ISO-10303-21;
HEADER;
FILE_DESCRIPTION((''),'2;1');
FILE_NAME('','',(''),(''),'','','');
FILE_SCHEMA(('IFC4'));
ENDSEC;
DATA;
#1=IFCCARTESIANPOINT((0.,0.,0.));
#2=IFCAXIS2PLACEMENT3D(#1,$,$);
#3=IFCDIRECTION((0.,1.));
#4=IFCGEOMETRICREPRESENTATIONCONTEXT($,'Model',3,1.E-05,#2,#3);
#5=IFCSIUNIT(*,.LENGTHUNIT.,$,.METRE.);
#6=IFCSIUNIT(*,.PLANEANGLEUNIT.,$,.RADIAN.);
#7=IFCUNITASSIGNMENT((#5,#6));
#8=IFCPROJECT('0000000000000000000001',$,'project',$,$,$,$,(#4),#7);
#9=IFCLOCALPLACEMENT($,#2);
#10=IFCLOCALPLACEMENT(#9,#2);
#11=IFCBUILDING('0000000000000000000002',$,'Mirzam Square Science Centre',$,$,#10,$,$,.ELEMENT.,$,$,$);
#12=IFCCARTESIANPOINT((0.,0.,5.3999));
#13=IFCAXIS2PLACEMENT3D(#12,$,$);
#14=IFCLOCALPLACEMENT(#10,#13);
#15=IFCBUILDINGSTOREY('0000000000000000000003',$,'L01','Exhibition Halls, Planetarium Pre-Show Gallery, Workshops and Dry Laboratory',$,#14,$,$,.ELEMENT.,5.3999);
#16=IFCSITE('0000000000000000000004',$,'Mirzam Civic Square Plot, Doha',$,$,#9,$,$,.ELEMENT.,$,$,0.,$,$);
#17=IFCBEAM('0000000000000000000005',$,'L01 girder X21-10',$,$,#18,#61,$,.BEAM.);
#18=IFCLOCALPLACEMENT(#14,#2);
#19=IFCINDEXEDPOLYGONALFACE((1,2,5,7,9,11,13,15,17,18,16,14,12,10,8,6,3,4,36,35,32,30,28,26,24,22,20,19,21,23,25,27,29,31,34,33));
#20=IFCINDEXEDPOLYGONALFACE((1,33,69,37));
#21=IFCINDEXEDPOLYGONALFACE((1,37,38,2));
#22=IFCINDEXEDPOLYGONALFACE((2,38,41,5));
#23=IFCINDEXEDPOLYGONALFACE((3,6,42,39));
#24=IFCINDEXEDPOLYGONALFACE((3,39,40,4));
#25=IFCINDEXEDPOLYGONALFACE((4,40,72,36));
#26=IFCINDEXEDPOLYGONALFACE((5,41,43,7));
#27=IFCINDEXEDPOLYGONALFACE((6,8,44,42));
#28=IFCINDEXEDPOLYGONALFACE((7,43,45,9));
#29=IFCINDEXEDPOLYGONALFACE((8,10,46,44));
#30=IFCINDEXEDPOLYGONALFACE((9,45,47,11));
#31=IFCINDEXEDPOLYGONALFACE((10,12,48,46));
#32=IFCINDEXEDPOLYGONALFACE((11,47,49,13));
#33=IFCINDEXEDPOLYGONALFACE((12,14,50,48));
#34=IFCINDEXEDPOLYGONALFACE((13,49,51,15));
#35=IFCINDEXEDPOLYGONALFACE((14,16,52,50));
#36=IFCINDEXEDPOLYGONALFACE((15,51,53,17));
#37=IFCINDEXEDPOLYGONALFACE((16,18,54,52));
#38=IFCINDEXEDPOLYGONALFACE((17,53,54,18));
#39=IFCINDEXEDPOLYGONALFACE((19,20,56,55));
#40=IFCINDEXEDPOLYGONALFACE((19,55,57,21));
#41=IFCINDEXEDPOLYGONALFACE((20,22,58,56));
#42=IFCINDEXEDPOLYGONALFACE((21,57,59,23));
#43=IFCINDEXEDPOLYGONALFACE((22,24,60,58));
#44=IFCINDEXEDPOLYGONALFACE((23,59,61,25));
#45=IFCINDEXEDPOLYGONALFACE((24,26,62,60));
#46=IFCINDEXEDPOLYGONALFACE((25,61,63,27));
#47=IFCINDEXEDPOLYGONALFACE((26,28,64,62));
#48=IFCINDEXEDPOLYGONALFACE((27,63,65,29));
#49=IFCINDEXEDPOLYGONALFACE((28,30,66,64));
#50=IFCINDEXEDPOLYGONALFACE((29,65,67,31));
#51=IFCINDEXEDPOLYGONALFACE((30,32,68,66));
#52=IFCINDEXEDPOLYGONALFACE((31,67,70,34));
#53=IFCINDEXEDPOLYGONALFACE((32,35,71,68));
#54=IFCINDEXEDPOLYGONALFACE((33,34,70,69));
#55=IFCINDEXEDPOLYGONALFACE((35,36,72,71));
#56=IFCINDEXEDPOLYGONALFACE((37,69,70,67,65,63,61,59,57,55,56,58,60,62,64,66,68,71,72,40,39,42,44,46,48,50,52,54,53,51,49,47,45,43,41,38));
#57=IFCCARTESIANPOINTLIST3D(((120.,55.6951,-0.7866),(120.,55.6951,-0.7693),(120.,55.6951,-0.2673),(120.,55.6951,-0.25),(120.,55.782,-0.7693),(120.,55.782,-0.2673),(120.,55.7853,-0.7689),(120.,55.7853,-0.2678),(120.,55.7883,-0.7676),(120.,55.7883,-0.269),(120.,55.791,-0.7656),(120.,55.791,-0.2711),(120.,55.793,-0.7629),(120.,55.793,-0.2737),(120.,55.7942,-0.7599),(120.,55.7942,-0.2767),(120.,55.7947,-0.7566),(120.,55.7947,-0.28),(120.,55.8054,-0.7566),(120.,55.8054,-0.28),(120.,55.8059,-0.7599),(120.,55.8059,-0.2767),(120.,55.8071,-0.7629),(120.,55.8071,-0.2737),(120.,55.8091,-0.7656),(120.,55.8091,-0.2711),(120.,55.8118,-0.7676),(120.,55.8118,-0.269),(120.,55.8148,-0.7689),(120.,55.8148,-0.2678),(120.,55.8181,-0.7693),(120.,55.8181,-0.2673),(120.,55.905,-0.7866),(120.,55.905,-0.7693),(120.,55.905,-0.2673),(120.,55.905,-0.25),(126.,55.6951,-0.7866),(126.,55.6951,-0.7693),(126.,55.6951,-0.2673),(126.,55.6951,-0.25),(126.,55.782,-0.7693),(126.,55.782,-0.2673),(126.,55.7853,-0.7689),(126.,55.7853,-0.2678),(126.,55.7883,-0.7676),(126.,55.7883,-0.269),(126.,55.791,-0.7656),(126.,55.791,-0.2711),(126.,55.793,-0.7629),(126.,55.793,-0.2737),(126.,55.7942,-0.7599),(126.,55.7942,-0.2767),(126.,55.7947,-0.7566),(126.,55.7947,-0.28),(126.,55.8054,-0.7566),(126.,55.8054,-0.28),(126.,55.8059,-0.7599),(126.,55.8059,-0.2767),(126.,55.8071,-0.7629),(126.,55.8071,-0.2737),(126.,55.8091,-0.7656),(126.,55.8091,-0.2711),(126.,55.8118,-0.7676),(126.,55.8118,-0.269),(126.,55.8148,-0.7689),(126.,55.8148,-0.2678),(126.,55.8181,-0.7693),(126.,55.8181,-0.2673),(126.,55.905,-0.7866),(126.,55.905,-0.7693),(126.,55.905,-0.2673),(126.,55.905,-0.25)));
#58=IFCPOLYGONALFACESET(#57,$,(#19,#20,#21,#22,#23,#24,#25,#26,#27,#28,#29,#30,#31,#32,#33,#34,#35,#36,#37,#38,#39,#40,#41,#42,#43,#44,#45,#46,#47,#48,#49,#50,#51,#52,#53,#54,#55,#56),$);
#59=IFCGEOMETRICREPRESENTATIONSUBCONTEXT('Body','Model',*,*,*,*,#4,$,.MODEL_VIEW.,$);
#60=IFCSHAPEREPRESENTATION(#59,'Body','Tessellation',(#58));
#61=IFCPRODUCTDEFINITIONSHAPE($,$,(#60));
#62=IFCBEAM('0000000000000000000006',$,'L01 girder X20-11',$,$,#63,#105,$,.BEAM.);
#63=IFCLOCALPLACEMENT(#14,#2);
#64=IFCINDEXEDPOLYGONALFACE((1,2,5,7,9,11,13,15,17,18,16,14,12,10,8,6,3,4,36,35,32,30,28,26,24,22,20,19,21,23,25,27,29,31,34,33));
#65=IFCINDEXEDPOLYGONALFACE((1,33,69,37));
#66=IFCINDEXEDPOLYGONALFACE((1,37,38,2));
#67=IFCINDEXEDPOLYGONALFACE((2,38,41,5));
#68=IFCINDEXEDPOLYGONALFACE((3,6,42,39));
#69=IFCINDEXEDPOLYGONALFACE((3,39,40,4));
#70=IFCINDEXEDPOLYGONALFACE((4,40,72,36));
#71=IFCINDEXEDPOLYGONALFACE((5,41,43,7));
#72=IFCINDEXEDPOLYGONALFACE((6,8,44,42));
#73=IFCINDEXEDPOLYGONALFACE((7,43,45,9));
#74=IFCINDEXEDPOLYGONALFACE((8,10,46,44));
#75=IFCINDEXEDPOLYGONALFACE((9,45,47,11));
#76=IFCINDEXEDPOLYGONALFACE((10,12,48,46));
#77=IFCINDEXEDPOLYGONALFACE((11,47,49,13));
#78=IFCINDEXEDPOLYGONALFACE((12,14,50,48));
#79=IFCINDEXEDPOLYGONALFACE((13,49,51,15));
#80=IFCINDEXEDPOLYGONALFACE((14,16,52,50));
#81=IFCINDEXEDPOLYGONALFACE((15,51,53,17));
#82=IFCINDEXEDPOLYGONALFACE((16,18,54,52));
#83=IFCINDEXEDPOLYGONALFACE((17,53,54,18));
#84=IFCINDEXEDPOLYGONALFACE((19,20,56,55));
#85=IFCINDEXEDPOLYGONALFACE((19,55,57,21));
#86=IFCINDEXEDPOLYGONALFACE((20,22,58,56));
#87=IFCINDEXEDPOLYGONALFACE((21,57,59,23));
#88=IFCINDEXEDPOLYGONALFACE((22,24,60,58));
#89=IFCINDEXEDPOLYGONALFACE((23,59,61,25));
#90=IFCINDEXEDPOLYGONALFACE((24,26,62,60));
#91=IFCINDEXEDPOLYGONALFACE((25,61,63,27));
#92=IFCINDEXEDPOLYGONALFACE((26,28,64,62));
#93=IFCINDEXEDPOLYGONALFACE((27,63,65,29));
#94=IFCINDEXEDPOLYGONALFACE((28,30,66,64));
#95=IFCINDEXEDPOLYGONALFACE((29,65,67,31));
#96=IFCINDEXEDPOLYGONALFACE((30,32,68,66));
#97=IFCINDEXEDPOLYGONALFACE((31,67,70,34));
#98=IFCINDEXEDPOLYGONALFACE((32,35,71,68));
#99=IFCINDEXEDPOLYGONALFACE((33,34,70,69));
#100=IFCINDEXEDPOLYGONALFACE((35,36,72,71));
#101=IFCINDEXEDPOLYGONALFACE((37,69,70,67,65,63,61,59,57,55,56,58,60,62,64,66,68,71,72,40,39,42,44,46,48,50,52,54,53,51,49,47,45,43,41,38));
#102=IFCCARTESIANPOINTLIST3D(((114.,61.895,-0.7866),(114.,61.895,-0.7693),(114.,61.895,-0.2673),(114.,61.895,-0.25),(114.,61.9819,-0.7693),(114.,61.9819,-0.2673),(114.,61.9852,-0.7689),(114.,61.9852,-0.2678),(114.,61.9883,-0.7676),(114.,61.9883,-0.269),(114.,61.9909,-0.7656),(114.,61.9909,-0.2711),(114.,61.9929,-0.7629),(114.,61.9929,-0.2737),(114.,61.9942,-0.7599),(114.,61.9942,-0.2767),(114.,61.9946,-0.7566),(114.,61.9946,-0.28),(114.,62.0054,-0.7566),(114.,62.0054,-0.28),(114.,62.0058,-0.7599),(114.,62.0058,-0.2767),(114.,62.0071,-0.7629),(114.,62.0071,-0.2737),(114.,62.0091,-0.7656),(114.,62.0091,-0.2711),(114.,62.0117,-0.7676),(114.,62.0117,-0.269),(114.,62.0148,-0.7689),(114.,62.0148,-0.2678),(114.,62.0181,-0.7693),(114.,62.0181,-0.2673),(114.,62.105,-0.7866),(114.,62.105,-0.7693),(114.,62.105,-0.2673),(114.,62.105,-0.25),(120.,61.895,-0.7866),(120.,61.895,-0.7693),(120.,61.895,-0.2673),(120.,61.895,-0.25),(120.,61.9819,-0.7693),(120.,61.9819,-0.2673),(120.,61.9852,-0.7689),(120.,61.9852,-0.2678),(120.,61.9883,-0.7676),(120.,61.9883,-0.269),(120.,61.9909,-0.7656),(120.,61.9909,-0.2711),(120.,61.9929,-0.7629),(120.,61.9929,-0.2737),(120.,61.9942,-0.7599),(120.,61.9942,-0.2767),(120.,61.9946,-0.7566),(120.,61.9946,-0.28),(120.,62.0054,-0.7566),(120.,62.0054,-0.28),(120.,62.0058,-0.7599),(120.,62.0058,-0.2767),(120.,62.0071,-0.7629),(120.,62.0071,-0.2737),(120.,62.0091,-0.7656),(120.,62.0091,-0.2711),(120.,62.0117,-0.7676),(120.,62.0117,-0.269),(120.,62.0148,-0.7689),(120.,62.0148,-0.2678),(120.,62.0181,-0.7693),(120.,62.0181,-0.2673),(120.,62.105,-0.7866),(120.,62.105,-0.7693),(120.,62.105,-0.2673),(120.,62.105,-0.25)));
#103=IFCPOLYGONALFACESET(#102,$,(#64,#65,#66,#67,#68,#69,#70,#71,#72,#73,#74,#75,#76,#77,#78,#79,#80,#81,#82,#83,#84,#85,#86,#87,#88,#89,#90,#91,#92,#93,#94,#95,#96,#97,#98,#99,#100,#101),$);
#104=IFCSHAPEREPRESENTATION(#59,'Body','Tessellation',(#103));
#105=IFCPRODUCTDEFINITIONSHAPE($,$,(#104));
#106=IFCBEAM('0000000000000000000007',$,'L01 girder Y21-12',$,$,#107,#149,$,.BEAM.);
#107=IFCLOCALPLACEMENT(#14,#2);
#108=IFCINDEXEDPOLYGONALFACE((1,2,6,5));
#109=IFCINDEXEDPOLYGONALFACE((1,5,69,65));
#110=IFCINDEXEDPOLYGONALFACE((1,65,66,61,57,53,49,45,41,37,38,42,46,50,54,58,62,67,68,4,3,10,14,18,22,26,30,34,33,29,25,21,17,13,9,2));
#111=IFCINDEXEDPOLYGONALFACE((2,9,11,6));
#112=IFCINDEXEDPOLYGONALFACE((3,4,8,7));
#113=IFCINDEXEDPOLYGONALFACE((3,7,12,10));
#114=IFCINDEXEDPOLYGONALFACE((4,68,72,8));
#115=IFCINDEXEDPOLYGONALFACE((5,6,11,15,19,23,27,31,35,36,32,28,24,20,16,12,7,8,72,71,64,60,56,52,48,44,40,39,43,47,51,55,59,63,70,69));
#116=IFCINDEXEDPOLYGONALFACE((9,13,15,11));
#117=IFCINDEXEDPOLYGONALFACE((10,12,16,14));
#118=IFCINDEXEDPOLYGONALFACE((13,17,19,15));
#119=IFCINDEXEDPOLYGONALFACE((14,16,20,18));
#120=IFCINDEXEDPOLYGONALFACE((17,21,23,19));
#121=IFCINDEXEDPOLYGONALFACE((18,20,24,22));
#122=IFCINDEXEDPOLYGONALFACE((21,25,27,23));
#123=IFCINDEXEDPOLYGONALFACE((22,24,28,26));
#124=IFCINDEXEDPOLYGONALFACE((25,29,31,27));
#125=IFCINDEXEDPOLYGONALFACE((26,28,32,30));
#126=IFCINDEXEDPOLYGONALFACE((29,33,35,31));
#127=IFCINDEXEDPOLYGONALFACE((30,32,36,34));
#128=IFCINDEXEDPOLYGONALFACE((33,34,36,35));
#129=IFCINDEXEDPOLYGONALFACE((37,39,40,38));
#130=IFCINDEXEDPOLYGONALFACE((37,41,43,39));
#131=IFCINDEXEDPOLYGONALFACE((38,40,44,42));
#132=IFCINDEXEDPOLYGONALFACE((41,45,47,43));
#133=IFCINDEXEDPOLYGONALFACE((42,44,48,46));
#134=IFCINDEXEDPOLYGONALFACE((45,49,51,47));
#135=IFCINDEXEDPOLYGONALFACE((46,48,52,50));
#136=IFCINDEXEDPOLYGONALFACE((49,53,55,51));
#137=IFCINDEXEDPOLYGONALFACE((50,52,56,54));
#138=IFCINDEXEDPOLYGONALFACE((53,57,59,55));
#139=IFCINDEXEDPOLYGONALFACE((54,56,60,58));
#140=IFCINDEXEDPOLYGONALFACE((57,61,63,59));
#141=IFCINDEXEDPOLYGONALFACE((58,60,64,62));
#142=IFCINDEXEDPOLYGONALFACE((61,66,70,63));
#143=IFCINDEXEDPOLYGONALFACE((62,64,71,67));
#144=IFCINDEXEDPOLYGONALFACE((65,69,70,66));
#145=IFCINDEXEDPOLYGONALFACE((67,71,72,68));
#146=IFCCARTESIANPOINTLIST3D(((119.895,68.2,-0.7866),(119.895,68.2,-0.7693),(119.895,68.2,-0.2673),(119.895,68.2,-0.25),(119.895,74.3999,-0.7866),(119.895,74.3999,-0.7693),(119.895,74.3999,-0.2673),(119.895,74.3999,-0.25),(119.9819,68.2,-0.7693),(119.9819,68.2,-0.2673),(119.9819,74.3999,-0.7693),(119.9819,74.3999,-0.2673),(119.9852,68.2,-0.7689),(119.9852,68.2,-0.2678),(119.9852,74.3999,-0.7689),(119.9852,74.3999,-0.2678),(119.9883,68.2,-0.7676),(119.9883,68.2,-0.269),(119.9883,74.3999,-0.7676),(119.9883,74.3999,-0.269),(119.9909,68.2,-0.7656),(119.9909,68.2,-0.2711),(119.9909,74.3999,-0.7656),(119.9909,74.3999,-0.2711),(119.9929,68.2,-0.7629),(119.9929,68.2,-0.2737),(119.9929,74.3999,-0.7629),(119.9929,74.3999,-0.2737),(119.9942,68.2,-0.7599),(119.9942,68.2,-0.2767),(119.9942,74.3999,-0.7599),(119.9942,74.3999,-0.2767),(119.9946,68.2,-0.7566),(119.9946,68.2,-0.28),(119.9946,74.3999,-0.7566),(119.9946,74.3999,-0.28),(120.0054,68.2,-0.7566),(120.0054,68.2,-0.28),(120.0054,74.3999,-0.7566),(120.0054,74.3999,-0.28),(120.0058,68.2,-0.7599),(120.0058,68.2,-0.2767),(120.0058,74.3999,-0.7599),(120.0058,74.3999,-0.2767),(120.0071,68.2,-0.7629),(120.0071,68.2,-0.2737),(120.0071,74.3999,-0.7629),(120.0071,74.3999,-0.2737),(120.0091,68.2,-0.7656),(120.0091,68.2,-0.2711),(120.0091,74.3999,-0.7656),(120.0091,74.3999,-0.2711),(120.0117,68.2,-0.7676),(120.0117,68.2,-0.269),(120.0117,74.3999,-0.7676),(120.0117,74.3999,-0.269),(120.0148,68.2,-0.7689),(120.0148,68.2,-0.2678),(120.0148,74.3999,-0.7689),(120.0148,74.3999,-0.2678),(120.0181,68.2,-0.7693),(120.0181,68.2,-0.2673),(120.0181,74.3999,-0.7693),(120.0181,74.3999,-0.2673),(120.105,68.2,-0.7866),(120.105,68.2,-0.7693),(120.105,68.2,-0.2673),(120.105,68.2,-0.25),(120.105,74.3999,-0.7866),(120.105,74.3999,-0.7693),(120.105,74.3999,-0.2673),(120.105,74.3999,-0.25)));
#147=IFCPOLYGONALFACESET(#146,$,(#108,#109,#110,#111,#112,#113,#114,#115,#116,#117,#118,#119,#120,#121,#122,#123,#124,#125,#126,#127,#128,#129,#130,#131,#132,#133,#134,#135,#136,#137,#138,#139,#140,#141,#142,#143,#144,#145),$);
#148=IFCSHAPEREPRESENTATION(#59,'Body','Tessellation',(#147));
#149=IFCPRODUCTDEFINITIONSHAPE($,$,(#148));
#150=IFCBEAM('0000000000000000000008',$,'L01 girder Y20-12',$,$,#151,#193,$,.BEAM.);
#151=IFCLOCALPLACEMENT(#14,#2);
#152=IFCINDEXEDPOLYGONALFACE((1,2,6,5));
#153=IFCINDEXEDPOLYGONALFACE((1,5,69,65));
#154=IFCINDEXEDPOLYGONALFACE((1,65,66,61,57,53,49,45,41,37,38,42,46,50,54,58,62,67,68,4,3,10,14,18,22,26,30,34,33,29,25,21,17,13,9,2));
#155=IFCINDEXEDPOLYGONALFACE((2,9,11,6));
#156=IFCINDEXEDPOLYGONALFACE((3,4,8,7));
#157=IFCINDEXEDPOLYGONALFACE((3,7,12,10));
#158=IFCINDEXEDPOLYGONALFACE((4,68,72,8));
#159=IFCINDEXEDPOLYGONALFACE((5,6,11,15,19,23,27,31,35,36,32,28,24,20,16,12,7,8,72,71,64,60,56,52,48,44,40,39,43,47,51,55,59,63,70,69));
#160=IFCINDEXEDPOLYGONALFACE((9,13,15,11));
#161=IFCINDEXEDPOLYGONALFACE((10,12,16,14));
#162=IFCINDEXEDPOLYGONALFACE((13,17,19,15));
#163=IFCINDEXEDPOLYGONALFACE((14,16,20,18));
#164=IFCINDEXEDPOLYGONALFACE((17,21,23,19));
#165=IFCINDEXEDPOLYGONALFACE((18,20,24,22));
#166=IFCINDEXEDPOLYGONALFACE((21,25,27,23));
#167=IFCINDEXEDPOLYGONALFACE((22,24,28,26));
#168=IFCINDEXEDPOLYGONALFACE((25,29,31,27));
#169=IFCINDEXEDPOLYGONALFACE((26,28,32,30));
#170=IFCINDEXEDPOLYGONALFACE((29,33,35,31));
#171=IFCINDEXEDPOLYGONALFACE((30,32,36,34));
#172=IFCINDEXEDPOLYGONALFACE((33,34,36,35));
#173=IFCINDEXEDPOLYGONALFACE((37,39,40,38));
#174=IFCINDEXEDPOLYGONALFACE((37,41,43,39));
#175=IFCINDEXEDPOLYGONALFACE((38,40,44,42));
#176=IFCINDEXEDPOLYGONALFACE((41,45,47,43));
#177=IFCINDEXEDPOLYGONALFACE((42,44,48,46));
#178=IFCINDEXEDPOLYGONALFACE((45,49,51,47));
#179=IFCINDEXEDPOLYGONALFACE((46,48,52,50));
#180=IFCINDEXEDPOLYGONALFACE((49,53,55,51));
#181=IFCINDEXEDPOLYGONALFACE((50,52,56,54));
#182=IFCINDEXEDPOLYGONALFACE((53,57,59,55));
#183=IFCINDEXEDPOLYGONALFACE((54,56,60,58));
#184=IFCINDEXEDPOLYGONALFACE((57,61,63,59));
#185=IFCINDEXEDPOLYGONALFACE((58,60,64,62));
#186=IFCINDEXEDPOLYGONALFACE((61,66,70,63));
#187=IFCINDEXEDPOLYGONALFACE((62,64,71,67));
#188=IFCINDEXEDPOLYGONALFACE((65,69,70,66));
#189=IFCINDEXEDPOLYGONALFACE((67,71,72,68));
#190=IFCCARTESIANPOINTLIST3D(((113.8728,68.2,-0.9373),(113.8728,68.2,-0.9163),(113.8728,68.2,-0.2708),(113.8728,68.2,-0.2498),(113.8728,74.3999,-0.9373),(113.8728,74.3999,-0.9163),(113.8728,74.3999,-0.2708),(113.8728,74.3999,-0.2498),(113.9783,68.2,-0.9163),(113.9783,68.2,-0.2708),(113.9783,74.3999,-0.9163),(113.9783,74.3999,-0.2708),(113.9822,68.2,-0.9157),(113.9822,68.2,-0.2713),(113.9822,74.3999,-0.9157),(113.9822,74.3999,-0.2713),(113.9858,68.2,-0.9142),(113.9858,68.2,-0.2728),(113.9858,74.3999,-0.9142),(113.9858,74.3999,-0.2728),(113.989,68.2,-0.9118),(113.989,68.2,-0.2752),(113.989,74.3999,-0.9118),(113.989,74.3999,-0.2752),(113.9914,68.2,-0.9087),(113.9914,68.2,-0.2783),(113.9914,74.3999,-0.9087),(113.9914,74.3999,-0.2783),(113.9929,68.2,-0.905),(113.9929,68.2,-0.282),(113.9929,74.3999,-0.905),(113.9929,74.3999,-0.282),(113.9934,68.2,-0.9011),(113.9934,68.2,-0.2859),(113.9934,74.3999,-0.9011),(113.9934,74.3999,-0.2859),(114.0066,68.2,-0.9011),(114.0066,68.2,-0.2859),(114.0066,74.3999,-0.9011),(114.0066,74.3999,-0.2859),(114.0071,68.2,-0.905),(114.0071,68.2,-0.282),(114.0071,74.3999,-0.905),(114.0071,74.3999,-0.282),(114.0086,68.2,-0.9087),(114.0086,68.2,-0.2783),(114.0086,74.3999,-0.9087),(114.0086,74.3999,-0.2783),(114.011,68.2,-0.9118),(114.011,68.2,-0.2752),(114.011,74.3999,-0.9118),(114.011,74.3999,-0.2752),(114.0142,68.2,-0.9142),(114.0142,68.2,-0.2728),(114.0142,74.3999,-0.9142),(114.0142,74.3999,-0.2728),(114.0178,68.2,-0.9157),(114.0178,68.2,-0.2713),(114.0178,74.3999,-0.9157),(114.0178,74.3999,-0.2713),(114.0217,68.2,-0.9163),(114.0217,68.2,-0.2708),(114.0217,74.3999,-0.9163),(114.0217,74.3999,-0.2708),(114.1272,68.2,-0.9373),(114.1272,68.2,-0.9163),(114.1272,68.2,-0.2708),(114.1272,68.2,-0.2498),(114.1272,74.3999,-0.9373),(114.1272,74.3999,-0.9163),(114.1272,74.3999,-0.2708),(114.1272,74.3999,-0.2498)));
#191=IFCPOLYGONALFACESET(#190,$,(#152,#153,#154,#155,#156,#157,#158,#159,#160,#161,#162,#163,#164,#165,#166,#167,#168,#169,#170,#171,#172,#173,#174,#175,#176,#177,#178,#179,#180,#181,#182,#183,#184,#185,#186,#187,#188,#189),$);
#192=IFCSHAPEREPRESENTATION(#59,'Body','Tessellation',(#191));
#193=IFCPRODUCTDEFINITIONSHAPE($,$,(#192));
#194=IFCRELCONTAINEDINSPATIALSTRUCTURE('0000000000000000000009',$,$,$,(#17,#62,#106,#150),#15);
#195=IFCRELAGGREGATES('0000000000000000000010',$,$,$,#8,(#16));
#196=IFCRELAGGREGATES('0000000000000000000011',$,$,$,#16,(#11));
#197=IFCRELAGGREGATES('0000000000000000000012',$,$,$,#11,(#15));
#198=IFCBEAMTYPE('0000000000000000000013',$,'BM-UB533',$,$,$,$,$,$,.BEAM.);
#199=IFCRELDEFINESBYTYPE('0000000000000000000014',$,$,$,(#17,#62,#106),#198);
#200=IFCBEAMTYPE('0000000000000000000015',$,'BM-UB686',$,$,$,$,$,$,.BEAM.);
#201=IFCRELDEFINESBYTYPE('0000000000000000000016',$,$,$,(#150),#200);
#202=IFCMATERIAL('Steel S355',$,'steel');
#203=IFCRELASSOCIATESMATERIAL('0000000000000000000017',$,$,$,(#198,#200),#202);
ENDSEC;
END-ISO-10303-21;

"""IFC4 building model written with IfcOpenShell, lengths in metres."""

from ifc_helpers import new_model, si_unit, direction, frame, origin, origin_2d, place, context, subcontext, project, spatial, i_section, extrude, material, material_profile, profile_set, type_object, element, save


model = new_model("IFC4")

# Units and contexts
model_context = context("Model", 3, precision=1e-05, world=origin(), true_north=direction((0.0, 1.0)))
body_context = subcontext(model_context, "Body", "Model", "MODEL_VIEW")
ifc_project = project(units=[si_unit("LENGTHUNIT", "METRE"), si_unit("PLANEANGLEUNIT", "RADIAN")], contexts=[model_context])

# Site, building, storey
site_placement = place(None, origin())
site = spatial("IfcSite", under=ifc_project, at=site_placement, Name="Mirzam Civic Square Plot, Doha", CompositionType="ELEMENT", RefElevation=0.0)
building_placement = place(site_placement, origin())
building = spatial("IfcBuilding", under=site, at=building_placement, Name="Mirzam Square Science Centre", CompositionType="ELEMENT")
storey_placement = place(building_placement, frame((0.0, 0.0, 5.3999)))
storey = spatial("IfcBuildingStorey", under=building, at=storey_placement, Name="L01", Description="Exhibition Halls, Planetarium Pre-Show Gallery, Workshops and Dry Laboratory", CompositionType="ELEMENT", Elevation=5.3999)

# Shared definitions
ifc_material_1 = material(Name="Steel S355", Category="steel")

# Beams
ifc_material_profile_1 = material_profile(ifc_material_1, i_section(OverallWidth=0.21, OverallDepth=0.5366, WebThickness=0.0107, FlangeThickness=0.0173, FilletRadius=0.0127, at=origin_2d()), Name="533x210x101UB")
ifc_profile_set_1 = profile_set([ifc_material_profile_1], Name="Steel S355")
beam_type_1 = type_object("IfcBeamType", Name="BM-UB533", PredefinedType="BEAM", material=ifc_profile_set_1)
for number, where, z_axis, x_axis, name in (
    (1, (120.0, 55.8, -0.5183), (1.0, 0.0, 0.0), (0.0, 1.0, 0.0), "L01 girder X21-10"),
    (2, (114.0, 62.0, -0.5183), (1.0, 0.0, 0.0), (0.0, 1.0, 0.0), "L01 girder X20-11"),
):
    element("IfcBeam", number, at=place(storey_placement, frame(where, z_axis=z_axis, x_axis=x_axis)), inside=storey, type_object=beam_type_1, Name=name, PredefinedType="BEAM", context=body_context, shape_type="SweptSolid", body=[
        extrude(i_section(OverallWidth=0.21, OverallDepth=0.5366, WebThickness=0.0107, FlangeThickness=0.0173, FilletRadius=0.0127, at=origin_2d()), origin(), (0.0, 0.0, 1.0), 6.0),
    ])
beam_1_placement = place(storey_placement, frame((120.0, 68.2, -0.5183), z_axis=(0.0, 1.0, 0.0), x_axis=(-1.0, 0.0, 0.0)))
element("IfcBeam", 3, at=beam_1_placement, inside=storey, type_object=beam_type_1, Name="L01 girder Y21-12", PredefinedType="BEAM", context=body_context, shape_type="SweptSolid", body=[
    extrude(i_section(OverallWidth=0.21, OverallDepth=0.5366, WebThickness=0.0107, FlangeThickness=0.0173, FilletRadius=0.0127, at=origin_2d()), origin(), (0.0, 0.0, 1.0), 6.2),
])
ifc_material_profile_2 = material_profile(ifc_material_1, i_section(OverallWidth=0.2544, OverallDepth=0.6875, WebThickness=0.0132, FlangeThickness=0.021, FilletRadius=0.0151, at=origin_2d()), Name="686x254x152UB")
ifc_profile_set_2 = profile_set([ifc_material_profile_2], Name="Steel S355")
beam_type_2 = type_object("IfcBeamType", Name="BM-UB686", PredefinedType="BEAM", material=ifc_profile_set_2)
for number, where, z_axis, x_axis, name in (
    (4, (114.0, 68.2, -0.5935), (0.0, 1.0, 0.0), (-1.0, 0.0, 0.0), "L01 girder Y20-12"),
):
    element("IfcBeam", number, at=place(storey_placement, frame(where, z_axis=z_axis, x_axis=x_axis)), inside=storey, type_object=beam_type_2, Name=name, PredefinedType="BEAM", context=body_context, shape_type="SweptSolid", body=[
        extrude(i_section(OverallWidth=0.2544, OverallDepth=0.6875, WebThickness=0.0132, FlangeThickness=0.021, FilletRadius=0.0151, at=origin_2d()), origin(), (0.0, 0.0, 1.0), 6.2),
    ])

save(model, "model.ifc")
